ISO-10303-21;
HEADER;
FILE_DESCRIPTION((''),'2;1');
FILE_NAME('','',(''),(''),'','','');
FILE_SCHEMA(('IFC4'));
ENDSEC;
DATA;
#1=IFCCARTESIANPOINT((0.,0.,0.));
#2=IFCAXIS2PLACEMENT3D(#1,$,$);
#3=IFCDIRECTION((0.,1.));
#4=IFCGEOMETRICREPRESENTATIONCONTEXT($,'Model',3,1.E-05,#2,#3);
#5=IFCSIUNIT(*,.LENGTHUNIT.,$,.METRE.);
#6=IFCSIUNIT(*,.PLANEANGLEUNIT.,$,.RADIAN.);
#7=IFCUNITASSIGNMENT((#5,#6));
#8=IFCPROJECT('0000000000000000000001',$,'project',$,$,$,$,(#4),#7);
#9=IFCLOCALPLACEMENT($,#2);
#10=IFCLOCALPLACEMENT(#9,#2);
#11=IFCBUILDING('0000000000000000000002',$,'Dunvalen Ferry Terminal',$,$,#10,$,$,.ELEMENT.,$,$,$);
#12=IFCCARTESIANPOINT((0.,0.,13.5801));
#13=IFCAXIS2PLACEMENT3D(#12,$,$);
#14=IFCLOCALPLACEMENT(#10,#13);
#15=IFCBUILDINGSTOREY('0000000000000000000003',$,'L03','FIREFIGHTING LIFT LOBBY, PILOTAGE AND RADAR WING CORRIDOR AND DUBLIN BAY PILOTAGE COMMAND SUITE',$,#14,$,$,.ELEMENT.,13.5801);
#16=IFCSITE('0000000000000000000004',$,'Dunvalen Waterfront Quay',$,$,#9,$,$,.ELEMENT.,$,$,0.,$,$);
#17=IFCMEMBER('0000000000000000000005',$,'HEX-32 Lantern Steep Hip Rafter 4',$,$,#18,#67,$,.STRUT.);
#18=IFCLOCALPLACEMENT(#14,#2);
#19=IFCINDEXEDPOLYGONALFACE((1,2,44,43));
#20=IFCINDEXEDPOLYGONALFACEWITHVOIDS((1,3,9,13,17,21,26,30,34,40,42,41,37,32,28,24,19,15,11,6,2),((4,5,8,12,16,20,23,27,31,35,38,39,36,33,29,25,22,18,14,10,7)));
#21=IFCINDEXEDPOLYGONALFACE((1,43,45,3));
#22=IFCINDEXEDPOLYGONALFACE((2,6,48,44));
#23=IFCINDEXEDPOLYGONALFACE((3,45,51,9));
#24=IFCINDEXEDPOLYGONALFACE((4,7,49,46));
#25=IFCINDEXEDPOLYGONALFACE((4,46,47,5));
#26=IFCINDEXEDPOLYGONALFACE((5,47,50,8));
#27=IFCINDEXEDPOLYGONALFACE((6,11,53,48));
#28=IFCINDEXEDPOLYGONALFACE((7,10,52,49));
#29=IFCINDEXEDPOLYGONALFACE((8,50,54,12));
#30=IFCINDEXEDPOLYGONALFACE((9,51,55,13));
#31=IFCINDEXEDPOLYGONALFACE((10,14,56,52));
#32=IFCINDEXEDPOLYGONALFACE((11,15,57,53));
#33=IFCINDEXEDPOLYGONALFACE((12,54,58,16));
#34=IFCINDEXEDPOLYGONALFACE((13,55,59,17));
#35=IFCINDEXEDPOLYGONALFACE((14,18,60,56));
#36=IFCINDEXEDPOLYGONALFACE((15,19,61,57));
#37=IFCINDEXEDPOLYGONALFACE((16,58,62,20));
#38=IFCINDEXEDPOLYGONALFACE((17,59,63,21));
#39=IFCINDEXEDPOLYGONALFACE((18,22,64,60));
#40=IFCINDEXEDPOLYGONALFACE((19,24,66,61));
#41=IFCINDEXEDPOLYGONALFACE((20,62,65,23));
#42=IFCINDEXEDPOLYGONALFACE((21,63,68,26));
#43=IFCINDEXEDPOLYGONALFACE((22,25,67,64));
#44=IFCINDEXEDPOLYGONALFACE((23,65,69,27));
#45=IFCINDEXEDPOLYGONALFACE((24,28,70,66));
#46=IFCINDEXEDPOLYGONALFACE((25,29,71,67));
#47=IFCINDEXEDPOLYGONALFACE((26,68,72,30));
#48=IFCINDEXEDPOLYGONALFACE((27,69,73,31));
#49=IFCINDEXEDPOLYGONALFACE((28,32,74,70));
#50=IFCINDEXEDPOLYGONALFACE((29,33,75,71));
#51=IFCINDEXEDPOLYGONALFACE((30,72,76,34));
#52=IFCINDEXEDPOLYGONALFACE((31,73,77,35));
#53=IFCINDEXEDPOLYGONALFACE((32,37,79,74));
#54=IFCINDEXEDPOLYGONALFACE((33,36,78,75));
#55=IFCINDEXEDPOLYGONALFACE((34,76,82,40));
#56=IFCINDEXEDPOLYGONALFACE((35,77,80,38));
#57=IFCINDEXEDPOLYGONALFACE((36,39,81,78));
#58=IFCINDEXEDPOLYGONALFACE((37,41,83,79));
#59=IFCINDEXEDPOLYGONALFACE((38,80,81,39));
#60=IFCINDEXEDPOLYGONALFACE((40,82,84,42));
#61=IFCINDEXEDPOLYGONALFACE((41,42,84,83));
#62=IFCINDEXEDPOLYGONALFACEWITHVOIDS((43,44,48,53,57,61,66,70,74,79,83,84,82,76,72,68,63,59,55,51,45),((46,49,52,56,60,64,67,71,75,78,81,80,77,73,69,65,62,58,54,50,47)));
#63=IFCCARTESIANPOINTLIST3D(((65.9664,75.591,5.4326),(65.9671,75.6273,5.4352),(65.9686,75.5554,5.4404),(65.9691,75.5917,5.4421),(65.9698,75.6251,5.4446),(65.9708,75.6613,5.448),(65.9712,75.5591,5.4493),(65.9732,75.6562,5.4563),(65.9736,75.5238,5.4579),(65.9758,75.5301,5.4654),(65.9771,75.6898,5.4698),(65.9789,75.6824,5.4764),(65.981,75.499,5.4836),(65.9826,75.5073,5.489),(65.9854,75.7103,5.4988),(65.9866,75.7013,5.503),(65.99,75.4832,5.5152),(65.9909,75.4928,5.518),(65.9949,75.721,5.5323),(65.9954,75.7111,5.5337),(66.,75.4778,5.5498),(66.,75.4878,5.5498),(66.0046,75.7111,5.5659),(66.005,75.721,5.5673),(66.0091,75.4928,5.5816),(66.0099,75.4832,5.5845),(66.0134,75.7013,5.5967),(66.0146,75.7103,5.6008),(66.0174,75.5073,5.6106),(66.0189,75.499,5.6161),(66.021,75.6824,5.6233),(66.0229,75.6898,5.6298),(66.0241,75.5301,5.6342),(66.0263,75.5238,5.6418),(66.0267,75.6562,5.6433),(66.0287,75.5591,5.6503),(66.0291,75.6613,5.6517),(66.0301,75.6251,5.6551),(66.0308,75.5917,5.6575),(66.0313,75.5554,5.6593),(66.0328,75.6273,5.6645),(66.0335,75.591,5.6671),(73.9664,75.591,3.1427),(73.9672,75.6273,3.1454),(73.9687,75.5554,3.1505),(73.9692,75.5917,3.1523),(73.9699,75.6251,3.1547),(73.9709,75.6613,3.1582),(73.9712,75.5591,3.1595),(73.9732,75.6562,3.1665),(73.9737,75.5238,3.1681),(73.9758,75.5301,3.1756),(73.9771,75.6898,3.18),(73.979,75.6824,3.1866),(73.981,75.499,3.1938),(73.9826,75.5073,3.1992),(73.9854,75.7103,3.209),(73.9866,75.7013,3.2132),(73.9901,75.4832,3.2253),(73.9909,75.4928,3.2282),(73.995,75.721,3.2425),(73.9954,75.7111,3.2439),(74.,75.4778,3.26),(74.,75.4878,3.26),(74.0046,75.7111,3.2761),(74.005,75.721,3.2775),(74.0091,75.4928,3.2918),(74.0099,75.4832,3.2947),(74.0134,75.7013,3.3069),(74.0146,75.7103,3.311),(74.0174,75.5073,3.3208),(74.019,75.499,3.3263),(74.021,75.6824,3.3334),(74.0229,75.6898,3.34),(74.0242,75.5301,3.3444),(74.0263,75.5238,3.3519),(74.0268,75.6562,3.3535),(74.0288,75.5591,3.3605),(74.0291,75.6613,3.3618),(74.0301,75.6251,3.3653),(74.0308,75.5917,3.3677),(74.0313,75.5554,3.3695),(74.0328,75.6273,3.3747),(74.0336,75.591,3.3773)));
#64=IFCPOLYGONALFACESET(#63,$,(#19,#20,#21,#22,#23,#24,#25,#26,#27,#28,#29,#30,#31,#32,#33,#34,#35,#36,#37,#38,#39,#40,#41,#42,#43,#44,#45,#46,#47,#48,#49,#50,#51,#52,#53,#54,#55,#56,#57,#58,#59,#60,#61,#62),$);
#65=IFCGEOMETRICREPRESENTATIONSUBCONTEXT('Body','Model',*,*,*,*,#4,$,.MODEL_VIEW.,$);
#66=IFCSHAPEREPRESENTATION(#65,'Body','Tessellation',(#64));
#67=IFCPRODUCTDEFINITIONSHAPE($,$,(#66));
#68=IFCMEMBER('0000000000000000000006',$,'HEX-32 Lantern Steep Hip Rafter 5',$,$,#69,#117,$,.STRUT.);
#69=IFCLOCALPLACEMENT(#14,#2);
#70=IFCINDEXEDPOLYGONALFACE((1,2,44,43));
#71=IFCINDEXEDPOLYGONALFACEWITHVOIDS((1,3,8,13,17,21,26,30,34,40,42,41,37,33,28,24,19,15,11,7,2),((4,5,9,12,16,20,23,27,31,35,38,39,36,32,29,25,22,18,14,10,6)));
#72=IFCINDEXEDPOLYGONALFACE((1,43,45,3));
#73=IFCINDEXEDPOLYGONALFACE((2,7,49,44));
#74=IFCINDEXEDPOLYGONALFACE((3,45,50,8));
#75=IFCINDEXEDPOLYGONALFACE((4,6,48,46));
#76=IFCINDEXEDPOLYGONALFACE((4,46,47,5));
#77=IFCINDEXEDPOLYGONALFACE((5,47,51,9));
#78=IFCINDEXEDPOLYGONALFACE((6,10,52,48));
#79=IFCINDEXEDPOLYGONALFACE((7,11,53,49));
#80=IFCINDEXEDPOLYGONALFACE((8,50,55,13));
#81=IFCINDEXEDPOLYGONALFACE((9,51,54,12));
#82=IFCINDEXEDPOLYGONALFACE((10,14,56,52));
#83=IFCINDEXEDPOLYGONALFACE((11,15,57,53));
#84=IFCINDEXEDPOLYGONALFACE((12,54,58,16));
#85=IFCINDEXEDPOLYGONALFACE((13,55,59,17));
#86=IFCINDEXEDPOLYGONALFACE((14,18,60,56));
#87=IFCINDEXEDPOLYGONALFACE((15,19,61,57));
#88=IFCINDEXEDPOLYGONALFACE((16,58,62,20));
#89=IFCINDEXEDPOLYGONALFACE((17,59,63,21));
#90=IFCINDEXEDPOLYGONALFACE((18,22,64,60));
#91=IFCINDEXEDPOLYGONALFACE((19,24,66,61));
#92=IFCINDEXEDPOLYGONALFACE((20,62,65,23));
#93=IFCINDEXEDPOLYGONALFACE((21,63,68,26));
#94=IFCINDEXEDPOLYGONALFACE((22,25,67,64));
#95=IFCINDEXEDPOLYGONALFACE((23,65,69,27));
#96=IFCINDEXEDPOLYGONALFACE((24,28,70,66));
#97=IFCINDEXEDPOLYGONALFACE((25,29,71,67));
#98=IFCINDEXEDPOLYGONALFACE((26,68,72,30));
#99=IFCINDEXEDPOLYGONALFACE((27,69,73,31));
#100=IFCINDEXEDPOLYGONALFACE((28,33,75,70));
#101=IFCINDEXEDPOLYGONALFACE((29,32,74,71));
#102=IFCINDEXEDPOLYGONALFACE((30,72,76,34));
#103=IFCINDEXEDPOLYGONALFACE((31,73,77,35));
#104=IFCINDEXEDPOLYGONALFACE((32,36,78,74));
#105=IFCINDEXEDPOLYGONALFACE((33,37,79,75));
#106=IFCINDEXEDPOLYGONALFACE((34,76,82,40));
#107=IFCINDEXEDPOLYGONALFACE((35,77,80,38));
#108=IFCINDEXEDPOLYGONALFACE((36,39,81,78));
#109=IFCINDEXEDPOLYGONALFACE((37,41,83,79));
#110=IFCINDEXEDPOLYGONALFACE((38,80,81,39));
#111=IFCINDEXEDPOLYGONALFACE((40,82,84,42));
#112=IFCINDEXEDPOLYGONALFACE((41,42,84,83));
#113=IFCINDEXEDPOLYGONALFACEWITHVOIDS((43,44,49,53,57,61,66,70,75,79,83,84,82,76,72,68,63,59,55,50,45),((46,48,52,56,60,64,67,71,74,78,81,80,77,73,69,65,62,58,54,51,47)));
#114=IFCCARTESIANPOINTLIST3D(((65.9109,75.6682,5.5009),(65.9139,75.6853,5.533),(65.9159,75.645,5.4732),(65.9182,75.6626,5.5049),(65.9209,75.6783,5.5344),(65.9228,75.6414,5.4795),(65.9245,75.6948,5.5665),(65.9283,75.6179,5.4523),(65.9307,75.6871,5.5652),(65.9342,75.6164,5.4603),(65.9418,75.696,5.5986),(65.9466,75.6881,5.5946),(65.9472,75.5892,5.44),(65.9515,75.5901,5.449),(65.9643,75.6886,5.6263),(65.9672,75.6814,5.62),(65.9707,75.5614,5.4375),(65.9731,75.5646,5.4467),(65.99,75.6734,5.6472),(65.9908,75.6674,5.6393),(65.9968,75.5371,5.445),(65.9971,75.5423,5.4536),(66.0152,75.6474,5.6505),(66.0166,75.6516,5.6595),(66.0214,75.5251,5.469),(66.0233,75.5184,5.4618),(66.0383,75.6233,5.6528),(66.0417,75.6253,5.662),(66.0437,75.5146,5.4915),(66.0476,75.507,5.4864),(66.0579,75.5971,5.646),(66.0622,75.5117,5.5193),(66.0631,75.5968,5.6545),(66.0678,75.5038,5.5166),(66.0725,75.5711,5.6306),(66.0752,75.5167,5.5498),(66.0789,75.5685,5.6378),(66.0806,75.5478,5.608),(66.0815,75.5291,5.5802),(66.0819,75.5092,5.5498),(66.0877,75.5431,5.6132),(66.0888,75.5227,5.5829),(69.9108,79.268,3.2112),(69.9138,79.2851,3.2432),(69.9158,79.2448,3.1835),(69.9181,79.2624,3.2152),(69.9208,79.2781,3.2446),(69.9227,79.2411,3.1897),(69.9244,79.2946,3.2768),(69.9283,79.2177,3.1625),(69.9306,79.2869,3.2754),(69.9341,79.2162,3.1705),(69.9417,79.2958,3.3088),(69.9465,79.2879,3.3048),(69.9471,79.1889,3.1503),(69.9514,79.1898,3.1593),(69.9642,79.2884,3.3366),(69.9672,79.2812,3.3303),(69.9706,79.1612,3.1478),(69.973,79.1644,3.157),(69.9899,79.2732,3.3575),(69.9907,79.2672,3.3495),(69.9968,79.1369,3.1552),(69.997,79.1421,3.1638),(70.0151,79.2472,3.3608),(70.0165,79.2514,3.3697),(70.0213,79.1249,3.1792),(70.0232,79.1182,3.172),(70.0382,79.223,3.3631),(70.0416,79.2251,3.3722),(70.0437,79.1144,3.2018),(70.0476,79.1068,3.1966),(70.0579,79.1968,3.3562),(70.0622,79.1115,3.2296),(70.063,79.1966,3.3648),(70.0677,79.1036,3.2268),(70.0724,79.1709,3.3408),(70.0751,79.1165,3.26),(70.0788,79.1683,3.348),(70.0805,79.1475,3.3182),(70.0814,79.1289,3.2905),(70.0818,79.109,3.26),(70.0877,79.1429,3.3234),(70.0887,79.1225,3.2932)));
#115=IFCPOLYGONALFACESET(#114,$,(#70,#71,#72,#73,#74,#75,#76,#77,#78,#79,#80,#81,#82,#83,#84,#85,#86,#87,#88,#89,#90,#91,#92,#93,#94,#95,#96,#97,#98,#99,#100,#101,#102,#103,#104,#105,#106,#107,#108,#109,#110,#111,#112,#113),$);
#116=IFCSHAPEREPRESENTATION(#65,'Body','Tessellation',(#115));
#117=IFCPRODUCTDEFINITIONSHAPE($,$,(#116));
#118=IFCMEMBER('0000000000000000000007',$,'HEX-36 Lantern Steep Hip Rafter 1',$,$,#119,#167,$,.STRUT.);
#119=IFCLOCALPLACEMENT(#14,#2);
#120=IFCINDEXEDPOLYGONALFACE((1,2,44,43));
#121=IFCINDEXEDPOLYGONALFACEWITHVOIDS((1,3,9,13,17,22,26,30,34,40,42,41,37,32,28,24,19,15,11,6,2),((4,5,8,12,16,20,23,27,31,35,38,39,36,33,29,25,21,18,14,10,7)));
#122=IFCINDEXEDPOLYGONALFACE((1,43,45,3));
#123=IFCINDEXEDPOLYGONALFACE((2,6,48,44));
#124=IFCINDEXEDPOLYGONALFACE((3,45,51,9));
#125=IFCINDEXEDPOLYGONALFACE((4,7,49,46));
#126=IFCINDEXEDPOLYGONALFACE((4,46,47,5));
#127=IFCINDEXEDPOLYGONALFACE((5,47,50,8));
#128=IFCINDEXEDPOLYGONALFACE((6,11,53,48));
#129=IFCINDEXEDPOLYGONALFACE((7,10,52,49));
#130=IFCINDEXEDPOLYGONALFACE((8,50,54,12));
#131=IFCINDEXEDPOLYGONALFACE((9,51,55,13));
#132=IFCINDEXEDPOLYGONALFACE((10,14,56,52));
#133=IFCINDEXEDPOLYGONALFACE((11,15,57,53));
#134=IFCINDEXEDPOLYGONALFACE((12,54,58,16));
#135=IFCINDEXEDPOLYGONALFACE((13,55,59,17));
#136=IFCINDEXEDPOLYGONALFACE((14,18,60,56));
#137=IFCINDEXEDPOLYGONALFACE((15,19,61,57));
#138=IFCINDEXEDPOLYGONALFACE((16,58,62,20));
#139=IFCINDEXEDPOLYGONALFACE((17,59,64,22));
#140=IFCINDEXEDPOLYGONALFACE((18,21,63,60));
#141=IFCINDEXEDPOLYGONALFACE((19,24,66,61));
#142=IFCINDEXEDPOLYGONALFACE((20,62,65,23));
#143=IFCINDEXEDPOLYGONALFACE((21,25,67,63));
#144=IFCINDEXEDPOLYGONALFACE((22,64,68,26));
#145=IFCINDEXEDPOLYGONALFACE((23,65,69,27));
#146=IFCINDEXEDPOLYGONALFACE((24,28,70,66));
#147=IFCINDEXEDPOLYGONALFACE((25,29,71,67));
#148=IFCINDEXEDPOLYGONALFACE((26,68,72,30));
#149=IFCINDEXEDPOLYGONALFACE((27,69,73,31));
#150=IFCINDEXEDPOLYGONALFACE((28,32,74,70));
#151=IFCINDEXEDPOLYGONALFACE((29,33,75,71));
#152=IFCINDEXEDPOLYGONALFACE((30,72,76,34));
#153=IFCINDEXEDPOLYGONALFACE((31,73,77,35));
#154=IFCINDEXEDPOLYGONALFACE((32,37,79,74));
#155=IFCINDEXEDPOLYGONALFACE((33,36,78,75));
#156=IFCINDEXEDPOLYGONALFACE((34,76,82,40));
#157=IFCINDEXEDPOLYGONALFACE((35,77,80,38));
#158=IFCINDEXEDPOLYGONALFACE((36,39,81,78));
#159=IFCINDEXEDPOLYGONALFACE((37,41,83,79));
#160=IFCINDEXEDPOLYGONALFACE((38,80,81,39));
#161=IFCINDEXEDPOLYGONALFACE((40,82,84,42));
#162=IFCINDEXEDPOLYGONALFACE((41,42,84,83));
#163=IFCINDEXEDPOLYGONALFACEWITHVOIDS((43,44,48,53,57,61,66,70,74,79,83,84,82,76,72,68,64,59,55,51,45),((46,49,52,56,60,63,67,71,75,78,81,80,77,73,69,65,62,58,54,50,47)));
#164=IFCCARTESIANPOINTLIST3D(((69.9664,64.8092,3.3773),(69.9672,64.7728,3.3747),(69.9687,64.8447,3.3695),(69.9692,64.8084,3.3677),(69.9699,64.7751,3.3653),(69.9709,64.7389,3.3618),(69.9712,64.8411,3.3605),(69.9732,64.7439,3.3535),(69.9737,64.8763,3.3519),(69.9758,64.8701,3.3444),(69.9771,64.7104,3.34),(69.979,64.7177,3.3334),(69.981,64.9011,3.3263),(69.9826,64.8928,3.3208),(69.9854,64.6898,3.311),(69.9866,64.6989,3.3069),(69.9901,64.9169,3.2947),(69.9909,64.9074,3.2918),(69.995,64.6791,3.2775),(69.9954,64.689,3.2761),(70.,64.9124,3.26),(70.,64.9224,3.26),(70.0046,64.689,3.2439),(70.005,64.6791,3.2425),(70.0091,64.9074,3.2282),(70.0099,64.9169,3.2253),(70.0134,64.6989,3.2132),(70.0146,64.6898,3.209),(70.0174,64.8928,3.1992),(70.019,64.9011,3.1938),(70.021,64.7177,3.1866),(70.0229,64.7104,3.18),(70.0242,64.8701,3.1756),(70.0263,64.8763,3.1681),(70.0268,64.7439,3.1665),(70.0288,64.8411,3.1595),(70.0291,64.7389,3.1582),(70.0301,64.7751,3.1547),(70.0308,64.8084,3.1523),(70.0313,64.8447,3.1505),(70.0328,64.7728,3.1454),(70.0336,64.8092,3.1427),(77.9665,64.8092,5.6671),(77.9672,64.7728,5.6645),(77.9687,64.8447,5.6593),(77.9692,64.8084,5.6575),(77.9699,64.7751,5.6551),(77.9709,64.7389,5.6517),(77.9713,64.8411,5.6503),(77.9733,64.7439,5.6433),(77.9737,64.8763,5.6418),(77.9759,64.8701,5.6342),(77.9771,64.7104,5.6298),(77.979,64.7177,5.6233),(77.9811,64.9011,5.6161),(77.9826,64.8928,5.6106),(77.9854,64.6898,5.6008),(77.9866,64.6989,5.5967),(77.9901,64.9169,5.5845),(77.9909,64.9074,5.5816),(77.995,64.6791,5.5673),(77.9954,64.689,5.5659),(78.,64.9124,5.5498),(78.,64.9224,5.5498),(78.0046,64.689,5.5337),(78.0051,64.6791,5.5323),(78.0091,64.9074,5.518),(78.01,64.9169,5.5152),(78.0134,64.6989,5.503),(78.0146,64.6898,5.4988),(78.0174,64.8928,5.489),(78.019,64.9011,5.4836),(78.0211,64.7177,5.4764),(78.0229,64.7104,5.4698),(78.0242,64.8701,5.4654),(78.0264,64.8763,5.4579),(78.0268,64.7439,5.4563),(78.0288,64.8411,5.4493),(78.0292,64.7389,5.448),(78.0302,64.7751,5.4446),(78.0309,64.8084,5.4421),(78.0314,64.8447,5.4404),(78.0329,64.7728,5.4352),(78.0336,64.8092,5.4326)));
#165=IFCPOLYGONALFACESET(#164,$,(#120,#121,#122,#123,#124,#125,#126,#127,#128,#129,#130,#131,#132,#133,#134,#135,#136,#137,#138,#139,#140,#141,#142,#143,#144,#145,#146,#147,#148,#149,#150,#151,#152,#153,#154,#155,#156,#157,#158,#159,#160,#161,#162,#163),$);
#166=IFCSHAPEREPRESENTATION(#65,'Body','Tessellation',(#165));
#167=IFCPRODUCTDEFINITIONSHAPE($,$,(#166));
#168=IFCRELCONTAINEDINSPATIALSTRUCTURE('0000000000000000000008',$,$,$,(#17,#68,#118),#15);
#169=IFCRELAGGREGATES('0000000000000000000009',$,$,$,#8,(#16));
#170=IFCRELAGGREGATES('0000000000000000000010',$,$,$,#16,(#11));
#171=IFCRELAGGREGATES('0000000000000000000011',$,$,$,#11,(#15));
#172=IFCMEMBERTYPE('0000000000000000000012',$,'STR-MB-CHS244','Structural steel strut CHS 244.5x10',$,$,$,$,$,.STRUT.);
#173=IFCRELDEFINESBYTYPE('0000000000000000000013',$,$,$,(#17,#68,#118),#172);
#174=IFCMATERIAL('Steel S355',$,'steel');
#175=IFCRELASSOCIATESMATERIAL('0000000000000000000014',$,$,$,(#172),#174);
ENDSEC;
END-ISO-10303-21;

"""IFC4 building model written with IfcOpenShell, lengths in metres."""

from ifc_helpers import new_model, si_unit, direction, frame, origin, origin_2d, place, context, subcontext, project, spatial, hollow_circle, extrude, material, material_profile, profile_set, type_object, element, save


model = new_model("IFC4")

# Units and contexts
model_context = context("Model", 3, precision=1e-05, world=origin(), true_north=direction((0.0, 1.0)))
body_context = subcontext(model_context, "Body", "Model", "MODEL_VIEW")
ifc_project = project(units=[si_unit("LENGTHUNIT", "METRE"), si_unit("PLANEANGLEUNIT", "RADIAN")], contexts=[model_context])

# Site, building, storey
site_placement = place(None, origin())
site = spatial("IfcSite", under=ifc_project, at=site_placement, Name="Dunvalen Waterfront Quay", CompositionType="ELEMENT", RefElevation=0.0)
building_placement = place(site_placement, origin())
building = spatial("IfcBuilding", under=site, at=building_placement, Name="Dunvalen Ferry Terminal", CompositionType="ELEMENT")
storey_placement = place(building_placement, frame((0.0, 0.0, 13.5801)))
storey = spatial("IfcBuildingStorey", under=building, at=storey_placement, Name="L03", Description="FIREFIGHTING LIFT LOBBY, PILOTAGE AND RADAR WING CORRIDOR AND DUBLIN BAY PILOTAGE COMMAND SUITE", CompositionType="ELEMENT", Elevation=13.5801)

# Shared definitions
ifc_material_1 = material(Name="Steel S355", Category="steel")

# Members
ifc_material_profile_1 = material_profile(ifc_material_1, hollow_circle(Radius=0.1223, WallThickness=0.01, at=origin_2d()), Name="Steel S355")
ifc_profile_set_1 = profile_set([ifc_material_profile_1], Name="Steel S355")
member_type = type_object("IfcMemberType", Name="STR-MB-CHS244", Description="Structural steel strut CHS 244.5x10", PredefinedType="STRUT", material=ifc_profile_set_1)
member_1_placement = place(storey_placement, frame((74.0, 75.6001, 3.26), z_axis=(-0.961394, 0.0, 0.275174), x_axis=(0.0, -1.0, 0.0)))
element("IfcMember", 1, at=member_1_placement, inside=storey, type_object=member_type, Name="HEX-32 Lantern Steep Hip Rafter 4", PredefinedType="STRUT", context=body_context, shape_type="SweptSolid", body=[
    extrude(hollow_circle(Radius=0.1223, WallThickness=0.01, at=origin_2d()), origin(), (0.0, 0.0, 1.0), 8.3213),
])
member_2_placement = place(storey_placement, frame((70.0, 79.2, 3.26), z_axis=(-0.683965, -0.615543, 0.391535), x_axis=(0.66895, -0.743308, 0.0)))
element("IfcMember", 2, at=member_2_placement, inside=storey, type_object=member_type, Name="HEX-32 Lantern Steep Hip Rafter 5", PredefinedType="STRUT", context=body_context, shape_type="SweptSolid", body=[
    extrude(hollow_circle(Radius=0.1223, WallThickness=0.01, at=origin_2d()), origin(), (0.0, 0.0, 1.0), 5.8481),
])
member_3_placement = place(storey_placement, frame((70.0, 64.8, 3.26), z_axis=(0.961394, 0.0, 0.275174), x_axis=(0.0, 1.0, 0.0)))
element("IfcMember", 3, at=member_3_placement, inside=storey, type_object=member_type, Name="HEX-36 Lantern Steep Hip Rafter 1", PredefinedType="STRUT", context=body_context, shape_type="SweptSolid", body=[
    extrude(hollow_circle(Radius=0.1223, WallThickness=0.01, at=origin_2d()), origin(), (0.0, 0.0, 1.0), 8.3213),
])

save(model, "model.ifc")
